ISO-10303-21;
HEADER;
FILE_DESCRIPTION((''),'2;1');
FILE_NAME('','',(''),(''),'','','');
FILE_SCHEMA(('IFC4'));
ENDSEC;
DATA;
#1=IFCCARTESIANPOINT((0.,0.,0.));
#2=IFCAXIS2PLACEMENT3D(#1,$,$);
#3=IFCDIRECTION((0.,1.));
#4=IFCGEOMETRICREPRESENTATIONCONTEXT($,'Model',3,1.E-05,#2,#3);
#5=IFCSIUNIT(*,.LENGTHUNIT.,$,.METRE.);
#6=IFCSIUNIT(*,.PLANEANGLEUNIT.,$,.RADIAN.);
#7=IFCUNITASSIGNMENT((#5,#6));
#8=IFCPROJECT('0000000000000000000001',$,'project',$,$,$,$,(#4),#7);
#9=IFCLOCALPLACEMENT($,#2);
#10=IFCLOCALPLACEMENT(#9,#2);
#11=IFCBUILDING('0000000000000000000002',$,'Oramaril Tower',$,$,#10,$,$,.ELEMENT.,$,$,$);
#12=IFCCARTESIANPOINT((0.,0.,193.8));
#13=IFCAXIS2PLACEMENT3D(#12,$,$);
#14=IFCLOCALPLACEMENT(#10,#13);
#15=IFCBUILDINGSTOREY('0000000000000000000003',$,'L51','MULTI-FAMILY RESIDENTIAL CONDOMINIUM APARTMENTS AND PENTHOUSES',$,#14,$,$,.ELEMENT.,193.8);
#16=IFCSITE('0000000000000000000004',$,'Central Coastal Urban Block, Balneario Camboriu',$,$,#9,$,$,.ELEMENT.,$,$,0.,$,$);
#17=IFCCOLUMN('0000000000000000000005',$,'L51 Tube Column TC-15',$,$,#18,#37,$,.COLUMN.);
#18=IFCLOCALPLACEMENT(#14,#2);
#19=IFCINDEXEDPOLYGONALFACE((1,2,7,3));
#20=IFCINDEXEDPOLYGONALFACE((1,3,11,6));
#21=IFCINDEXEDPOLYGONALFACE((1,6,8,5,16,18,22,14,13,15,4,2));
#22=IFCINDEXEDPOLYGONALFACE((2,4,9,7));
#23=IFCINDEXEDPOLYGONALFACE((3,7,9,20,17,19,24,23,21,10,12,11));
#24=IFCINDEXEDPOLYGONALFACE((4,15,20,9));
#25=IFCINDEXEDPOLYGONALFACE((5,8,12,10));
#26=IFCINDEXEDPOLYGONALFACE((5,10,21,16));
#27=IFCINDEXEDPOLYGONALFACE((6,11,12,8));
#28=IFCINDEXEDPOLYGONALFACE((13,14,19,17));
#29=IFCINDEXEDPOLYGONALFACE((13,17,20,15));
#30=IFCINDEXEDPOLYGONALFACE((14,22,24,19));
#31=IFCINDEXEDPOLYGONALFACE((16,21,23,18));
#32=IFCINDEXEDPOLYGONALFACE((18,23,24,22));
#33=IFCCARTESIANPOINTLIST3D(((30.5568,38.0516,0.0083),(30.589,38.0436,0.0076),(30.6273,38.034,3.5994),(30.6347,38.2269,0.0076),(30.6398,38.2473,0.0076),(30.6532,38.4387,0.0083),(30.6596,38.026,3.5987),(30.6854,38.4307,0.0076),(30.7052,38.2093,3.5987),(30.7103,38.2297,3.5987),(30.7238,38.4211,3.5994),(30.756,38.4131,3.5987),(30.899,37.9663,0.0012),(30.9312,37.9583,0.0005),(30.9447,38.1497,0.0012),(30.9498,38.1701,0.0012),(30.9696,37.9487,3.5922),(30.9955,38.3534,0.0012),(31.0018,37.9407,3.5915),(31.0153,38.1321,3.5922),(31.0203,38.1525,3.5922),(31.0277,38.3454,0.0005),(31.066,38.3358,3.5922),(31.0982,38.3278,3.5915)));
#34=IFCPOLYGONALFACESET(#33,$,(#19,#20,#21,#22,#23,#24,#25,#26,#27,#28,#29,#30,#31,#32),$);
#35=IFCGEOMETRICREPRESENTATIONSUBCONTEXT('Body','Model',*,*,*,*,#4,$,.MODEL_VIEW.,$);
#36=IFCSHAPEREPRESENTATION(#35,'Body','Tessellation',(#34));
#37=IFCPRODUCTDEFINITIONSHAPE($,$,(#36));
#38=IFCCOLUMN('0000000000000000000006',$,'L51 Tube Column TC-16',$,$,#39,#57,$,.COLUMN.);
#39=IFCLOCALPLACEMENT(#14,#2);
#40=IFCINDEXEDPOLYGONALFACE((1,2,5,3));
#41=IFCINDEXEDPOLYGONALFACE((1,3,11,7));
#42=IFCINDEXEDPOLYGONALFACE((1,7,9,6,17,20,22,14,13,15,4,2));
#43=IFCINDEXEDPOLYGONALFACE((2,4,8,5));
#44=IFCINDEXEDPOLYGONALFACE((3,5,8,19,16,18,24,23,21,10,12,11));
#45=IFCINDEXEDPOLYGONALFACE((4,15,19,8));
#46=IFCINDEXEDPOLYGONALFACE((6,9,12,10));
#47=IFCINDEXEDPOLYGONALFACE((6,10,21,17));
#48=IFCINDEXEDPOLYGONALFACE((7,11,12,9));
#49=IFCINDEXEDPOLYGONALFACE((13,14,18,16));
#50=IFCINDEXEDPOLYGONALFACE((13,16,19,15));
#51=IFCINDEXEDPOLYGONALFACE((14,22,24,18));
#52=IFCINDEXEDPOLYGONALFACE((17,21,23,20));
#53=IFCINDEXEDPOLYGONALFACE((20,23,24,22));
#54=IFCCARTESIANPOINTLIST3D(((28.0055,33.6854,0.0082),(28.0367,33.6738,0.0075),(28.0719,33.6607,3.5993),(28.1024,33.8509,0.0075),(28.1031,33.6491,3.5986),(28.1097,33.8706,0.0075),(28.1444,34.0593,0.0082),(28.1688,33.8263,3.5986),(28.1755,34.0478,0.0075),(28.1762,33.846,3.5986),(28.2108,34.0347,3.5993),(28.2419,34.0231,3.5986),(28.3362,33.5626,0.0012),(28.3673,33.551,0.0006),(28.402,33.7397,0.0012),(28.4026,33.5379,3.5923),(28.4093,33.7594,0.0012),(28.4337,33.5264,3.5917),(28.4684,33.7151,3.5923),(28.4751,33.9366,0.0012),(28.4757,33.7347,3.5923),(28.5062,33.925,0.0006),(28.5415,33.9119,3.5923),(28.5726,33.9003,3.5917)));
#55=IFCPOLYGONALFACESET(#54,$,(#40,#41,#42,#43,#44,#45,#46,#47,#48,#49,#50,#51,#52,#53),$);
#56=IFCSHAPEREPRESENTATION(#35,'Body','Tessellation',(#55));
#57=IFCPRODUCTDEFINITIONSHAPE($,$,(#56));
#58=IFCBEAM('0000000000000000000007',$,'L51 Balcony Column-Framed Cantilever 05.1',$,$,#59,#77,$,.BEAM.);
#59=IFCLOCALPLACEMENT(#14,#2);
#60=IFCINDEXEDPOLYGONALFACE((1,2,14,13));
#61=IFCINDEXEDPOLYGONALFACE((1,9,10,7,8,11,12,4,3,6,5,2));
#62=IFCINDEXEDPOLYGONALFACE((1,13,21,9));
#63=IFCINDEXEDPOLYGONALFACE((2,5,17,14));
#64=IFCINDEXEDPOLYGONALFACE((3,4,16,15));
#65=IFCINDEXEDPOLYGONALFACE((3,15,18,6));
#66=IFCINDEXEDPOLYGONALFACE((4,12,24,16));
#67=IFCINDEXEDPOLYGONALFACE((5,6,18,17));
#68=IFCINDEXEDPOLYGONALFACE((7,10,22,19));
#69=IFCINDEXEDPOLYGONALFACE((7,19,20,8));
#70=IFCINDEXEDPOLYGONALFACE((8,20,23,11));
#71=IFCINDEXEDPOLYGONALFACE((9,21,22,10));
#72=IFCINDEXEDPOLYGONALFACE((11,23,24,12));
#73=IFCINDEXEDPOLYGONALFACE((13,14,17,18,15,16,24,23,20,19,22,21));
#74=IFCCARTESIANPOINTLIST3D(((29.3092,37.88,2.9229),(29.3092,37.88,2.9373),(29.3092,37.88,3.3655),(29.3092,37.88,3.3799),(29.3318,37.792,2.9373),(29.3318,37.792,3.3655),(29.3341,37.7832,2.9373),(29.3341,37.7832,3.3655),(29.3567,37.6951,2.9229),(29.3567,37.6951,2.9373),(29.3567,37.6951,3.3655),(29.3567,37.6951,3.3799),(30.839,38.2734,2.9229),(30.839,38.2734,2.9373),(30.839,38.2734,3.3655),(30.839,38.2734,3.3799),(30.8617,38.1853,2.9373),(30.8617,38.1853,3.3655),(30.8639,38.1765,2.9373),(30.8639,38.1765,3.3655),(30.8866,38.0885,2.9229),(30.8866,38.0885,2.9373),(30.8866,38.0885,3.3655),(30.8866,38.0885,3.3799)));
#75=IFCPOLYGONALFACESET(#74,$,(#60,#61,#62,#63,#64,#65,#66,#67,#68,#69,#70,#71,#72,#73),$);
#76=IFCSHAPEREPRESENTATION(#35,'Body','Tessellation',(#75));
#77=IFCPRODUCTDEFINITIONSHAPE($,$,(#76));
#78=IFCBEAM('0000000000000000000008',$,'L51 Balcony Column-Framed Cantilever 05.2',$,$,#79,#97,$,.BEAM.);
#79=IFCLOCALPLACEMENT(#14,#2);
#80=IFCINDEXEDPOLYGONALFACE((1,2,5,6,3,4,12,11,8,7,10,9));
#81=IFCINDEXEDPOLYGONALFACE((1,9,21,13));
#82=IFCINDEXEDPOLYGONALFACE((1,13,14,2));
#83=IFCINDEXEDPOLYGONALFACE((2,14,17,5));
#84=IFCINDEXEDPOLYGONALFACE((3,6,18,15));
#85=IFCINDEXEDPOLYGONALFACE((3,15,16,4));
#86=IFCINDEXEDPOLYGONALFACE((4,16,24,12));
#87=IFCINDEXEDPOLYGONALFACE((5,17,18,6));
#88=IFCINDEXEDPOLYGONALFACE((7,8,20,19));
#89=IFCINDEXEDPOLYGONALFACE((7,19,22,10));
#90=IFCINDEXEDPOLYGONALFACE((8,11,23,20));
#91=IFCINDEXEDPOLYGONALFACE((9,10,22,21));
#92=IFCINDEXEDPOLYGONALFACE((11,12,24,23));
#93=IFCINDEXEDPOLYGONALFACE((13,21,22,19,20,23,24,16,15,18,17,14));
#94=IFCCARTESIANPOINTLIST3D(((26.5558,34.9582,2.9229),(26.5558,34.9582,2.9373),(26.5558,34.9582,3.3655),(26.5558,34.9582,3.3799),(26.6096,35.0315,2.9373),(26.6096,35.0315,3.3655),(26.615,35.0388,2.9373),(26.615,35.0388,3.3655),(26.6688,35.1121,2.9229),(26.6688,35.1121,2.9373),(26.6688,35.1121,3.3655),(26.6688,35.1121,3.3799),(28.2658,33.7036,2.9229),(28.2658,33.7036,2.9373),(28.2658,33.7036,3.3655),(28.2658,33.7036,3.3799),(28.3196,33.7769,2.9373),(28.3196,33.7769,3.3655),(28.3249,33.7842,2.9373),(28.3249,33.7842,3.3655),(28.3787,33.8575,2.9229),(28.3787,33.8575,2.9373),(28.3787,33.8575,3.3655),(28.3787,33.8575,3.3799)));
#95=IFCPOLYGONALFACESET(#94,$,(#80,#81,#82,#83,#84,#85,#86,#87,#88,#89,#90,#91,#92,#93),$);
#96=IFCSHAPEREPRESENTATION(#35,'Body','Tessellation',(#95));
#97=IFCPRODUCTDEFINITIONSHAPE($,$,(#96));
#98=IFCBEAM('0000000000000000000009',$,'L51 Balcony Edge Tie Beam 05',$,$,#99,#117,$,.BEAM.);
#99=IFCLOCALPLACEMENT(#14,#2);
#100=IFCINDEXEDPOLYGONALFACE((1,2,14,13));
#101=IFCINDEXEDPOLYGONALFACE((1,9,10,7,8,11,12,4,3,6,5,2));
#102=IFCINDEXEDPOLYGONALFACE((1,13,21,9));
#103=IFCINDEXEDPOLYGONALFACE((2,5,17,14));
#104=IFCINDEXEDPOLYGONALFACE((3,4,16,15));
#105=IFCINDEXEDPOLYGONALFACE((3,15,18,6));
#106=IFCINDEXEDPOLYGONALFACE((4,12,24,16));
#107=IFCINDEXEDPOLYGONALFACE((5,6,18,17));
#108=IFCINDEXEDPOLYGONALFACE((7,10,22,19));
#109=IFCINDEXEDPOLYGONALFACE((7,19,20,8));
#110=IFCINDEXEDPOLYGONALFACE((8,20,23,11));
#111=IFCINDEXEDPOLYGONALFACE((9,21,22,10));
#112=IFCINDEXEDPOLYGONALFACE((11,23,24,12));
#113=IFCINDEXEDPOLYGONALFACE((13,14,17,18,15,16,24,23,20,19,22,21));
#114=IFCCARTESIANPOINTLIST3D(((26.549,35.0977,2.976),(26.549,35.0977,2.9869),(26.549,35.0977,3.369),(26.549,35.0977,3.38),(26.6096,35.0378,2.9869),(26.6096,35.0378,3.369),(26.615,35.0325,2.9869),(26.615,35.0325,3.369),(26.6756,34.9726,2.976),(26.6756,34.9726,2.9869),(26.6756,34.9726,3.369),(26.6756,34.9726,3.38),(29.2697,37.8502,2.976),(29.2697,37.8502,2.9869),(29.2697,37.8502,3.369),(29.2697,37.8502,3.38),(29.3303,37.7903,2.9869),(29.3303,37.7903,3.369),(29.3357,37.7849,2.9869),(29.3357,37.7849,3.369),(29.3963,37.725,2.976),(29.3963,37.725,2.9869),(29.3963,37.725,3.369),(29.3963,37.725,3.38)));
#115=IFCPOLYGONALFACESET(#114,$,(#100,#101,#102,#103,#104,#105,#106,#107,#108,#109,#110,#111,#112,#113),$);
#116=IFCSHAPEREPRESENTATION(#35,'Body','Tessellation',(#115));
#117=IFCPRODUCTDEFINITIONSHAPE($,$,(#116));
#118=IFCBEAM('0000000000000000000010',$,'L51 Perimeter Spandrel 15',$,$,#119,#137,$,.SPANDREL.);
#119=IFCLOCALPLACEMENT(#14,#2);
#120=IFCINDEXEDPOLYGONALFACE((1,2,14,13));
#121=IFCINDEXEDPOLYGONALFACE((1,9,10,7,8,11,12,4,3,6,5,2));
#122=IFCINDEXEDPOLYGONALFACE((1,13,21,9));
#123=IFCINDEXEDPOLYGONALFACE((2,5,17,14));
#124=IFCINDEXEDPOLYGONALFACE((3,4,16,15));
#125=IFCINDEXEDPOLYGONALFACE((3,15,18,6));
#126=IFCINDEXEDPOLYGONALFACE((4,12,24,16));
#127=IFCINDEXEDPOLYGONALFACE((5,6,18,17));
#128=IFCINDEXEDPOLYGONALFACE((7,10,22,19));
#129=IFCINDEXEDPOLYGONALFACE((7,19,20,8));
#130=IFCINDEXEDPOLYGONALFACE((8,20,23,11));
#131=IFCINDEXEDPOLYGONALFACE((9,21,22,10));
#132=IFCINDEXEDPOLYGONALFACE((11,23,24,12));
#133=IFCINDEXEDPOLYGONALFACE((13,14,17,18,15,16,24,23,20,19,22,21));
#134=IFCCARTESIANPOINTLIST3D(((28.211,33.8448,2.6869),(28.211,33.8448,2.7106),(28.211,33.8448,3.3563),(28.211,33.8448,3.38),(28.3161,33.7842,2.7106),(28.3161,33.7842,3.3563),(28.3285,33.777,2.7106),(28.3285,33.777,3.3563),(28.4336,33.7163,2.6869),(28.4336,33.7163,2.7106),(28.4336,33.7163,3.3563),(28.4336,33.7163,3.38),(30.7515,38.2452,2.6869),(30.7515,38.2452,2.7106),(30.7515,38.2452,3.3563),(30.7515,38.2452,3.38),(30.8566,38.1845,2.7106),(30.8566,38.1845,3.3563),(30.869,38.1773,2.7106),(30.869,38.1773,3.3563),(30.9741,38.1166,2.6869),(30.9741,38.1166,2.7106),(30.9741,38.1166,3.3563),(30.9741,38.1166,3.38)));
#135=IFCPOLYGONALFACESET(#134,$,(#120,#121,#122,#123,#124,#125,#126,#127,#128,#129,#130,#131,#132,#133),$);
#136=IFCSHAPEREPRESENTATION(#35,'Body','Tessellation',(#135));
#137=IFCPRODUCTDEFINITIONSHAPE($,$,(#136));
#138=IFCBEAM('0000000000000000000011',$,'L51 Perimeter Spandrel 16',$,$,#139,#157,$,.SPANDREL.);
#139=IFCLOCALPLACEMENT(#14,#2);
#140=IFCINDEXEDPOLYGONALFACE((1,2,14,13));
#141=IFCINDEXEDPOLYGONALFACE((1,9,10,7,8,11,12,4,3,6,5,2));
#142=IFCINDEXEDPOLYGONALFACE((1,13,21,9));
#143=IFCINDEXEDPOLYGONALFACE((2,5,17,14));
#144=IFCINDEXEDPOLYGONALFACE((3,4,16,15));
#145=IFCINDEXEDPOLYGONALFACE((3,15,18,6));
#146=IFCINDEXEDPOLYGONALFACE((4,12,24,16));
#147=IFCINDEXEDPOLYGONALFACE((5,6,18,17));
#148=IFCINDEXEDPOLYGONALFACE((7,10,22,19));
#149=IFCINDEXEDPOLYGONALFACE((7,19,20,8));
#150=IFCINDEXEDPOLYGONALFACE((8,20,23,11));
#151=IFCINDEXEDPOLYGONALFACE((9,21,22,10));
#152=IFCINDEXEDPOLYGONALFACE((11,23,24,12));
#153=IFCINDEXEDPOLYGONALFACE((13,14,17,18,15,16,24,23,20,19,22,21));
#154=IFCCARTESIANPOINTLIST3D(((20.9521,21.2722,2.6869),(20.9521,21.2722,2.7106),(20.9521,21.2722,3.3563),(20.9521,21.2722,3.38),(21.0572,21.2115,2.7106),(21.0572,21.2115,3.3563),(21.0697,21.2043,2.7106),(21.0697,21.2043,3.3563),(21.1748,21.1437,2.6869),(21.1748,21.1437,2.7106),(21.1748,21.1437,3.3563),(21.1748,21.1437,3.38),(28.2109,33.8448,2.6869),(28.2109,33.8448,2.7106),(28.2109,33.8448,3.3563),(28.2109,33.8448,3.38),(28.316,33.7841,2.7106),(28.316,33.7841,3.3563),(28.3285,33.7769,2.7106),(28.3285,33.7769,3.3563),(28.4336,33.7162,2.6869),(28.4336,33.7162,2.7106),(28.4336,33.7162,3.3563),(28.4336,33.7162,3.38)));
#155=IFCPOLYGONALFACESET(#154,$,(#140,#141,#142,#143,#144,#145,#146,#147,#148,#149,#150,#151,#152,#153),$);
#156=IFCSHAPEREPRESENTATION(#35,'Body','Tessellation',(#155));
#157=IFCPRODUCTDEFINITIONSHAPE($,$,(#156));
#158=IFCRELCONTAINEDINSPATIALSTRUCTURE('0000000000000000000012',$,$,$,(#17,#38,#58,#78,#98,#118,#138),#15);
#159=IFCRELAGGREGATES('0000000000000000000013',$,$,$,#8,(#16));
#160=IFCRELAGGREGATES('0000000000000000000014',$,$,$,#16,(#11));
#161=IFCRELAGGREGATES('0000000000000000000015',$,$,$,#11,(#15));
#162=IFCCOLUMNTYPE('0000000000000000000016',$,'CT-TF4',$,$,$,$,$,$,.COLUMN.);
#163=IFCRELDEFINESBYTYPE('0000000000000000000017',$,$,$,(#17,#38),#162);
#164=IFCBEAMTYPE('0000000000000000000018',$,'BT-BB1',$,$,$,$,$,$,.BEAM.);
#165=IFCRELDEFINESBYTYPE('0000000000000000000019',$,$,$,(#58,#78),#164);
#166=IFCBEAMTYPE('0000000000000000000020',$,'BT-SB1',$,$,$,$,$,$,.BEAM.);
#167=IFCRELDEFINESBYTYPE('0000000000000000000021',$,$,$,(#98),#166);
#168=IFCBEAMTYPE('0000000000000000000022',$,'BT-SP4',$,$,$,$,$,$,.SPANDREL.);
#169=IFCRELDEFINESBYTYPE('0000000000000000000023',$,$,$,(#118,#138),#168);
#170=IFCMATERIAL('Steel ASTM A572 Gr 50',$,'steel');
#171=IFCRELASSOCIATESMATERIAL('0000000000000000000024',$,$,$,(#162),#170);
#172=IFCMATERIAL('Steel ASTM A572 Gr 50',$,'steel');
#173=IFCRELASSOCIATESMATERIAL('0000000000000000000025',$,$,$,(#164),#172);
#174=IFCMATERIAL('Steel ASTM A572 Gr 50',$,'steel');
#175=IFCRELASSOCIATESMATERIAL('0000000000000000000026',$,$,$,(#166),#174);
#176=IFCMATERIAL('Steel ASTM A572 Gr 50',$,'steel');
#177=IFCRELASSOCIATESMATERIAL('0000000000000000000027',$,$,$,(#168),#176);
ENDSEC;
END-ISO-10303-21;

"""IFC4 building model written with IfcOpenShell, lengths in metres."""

from ifc_helpers import new_model, si_unit, direction, frame, origin, origin_2d, place, context, subcontext, project, spatial, i_section, extrude, material, material_profile, profile_set, type_object, element, save


model = new_model("IFC4")

# Units and contexts
model_context = context("Model", 3, precision=1e-05, world=origin(), true_north=direction((0.0, 1.0)))
body_context = subcontext(model_context, "Body", "Model", "MODEL_VIEW")
ifc_project = project(units=[si_unit("LENGTHUNIT", "METRE"), si_unit("PLANEANGLEUNIT", "RADIAN")], contexts=[model_context])

# Site, building, storey
site_placement = place(None, origin())
site = spatial("IfcSite", under=ifc_project, at=site_placement, Name="Central Coastal Urban Block, Balneario Camboriu", CompositionType="ELEMENT", RefElevation=0.0)
building_placement = place(site_placement, origin())
building = spatial("IfcBuilding", under=site, at=building_placement, Name="Oramaril Tower", CompositionType="ELEMENT")
storey_placement = place(building_placement, frame((0.0, 0.0, 193.8)))
storey = spatial("IfcBuildingStorey", under=building, at=storey_placement, Name="L51", Description="MULTI-FAMILY RESIDENTIAL CONDOMINIUM APARTMENTS AND PENTHOUSES", CompositionType="ELEMENT", Elevation=193.8)

# Columns
ifc_material_1 = material(Name="Steel ASTM A572 Gr 50", Category="steel")
ifc_material_profile_1 = material_profile(ifc_material_1, i_section(OverallWidth=0.3989, OverallDepth=0.386, WebThickness=0.021, FlangeThickness=0.0332, at=origin_2d()), Name="W14X176")
ifc_profile_set_1 = profile_set([ifc_material_profile_1], Name="Steel ASTM A572 Gr 50")
column_type = type_object("IfcColumnType", Name="CT-TF4", PredefinedType="COLUMN", material=ifc_profile_set_1)
for number, where, z_axis, x_axis, name in (
    (1, (30.7922, 38.1985, 0.0044), (0.019644, -0.004894, 0.999795), (0.241746, 0.97034, 0.0), "L51 Tube Column TC-15"),
    (2, (28.2559, 33.8052, 0.0044), (0.018488, -0.006865, 0.999806), (0.3481, 0.937457, 0.0), "L51 Tube Column TC-16"),
):
    element("IfcColumn", number, at=place(storey_placement, frame(where, z_axis=z_axis, x_axis=x_axis)), inside=storey, type_object=column_type, Name=name, PredefinedType="COLUMN", context=body_context, shape_type="SweptSolid", body=[
        extrude(i_section(OverallWidth=0.3989, OverallDepth=0.386, WebThickness=0.021, FlangeThickness=0.0332, at=origin_2d()), origin(), (0.0, 0.0, 1.0), 3.5918),
    ])

# Beams
ifc_material_2 = material(Name="Steel ASTM A572 Gr 50", Category="steel")
ifc_material_profile_2 = material_profile(ifc_material_2, i_section(OverallWidth=0.1909, OverallDepth=0.457, WebThickness=0.009, FlangeThickness=0.0144, at=origin_2d()), Name="W18X50")
ifc_profile_set_2 = profile_set([ifc_material_profile_2], Name="Steel ASTM A572 Gr 50")
beam_type_1 = type_object("IfcBeamType", Name="BT-BB1", PredefinedType="BEAM", material=ifc_profile_set_2)
beam_1_placement = place(storey_placement, frame((30.8628, 38.1809, 3.1514), z_axis=(-0.968503, -0.249004, 0.0), x_axis=(0.249004, -0.968503, 0.0)))
element("IfcBeam", 3, at=beam_1_placement, inside=storey, type_object=beam_type_1, Name="L51 Balcony Column-Framed Cantilever 05.1", PredefinedType="BEAM", context=body_context, shape_type="SweptSolid", body=[
    extrude(i_section(OverallWidth=0.1909, OverallDepth=0.457, WebThickness=0.009, FlangeThickness=0.0144, at=origin_2d()), origin(), (0.0, 0.0, 1.0), 1.5796),
])
beam_2_placement = place(storey_placement, frame((28.3223, 33.7805, 3.1514), z_axis=(-0.806255, 0.591568, 0.0), x_axis=(-0.591568, -0.806255, 0.0)))
element("IfcBeam", 4, at=beam_2_placement, inside=storey, type_object=beam_type_1, Name="L51 Balcony Column-Framed Cantilever 05.2", PredefinedType="BEAM", context=body_context, shape_type="SweptSolid", body=[
    extrude(i_section(OverallWidth=0.1909, OverallDepth=0.457, WebThickness=0.009, FlangeThickness=0.0144, at=origin_2d()), origin(), (0.0, 0.0, 1.0), 2.1208),
])
ifc_material_3 = material(Name="Steel ASTM A572 Gr 50", Category="steel")
ifc_material_profile_3 = material_profile(ifc_material_3, i_section(OverallWidth=0.178, OverallDepth=0.4041, WebThickness=0.0076, FlangeThickness=0.011, at=origin_2d()), Name="W16X36")
ifc_profile_set_3 = profile_set([ifc_material_profile_3], Name="Steel ASTM A572 Gr 50")
beam_type_2 = type_object("IfcBeamType", Name="BT-SB1", PredefinedType="BEAM", material=ifc_profile_set_3)
beam_3_placement = place(storey_placement, frame((29.333, 37.7876, 3.178), z_axis=(-0.702995, -0.711195, 0.0), x_axis=(0.711195, -0.702995, 0.0)))
element("IfcBeam", 5, at=beam_3_placement, inside=storey, type_object=beam_type_2, Name="L51 Balcony Edge Tie Beam 05", PredefinedType="BEAM", context=body_context, shape_type="SweptSolid", body=[
    extrude(i_section(OverallWidth=0.178, OverallDepth=0.4041, WebThickness=0.0076, FlangeThickness=0.011, at=origin_2d()), origin(), (0.0, 0.0, 1.0), 3.8701),
])
ifc_material_4 = material(Name="Steel ASTM A572 Gr 50", Category="steel")
ifc_material_profile_4 = material_profile(ifc_material_4, i_section(OverallWidth=0.2571, OverallDepth=0.6931, WebThickness=0.0144, FlangeThickness=0.0237, at=origin_2d()), Name="W27X114")
ifc_profile_set_4 = profile_set([ifc_material_profile_4], Name="Steel ASTM A572 Gr 50")
beam_type_3 = type_object("IfcBeamType", Name="BT-SP4", PredefinedType="SPANDREL", material=ifc_profile_set_4)
beam_4_placement = place(storey_placement, frame((30.8628, 38.1809, 3.0334), z_axis=(-0.499994, -0.866029, 0.0), x_axis=(0.866029, -0.499994, 0.0)))
element("IfcBeam", 6, at=beam_4_placement, inside=storey, type_object=beam_type_3, Name="L51 Perimeter Spandrel 15", PredefinedType="SPANDREL", context=body_context, shape_type="SweptSolid", body=[
    extrude(i_section(OverallWidth=0.2571, OverallDepth=0.6931, WebThickness=0.0144, FlangeThickness=0.0237, at=origin_2d()), origin(), (0.0, 0.0, 1.0), 5.0811),
])
beam_5_placement = place(storey_placement, frame((28.3223, 33.7805, 3.0334), z_axis=(-0.500002, -0.866024, 0.0), x_axis=(0.866024, -0.500002, 0.0)))
element("IfcBeam", 7, at=beam_5_placement, inside=storey, type_object=beam_type_3, Name="L51 Perimeter Spandrel 16", PredefinedType="SPANDREL", context=body_context, shape_type="SweptSolid", body=[
    extrude(i_section(OverallWidth=0.2571, OverallDepth=0.6931, WebThickness=0.0144, FlangeThickness=0.0237, at=origin_2d()), origin(), (0.0, 0.0, 1.0), 14.5176),
])

save(model, "model.ifc")
